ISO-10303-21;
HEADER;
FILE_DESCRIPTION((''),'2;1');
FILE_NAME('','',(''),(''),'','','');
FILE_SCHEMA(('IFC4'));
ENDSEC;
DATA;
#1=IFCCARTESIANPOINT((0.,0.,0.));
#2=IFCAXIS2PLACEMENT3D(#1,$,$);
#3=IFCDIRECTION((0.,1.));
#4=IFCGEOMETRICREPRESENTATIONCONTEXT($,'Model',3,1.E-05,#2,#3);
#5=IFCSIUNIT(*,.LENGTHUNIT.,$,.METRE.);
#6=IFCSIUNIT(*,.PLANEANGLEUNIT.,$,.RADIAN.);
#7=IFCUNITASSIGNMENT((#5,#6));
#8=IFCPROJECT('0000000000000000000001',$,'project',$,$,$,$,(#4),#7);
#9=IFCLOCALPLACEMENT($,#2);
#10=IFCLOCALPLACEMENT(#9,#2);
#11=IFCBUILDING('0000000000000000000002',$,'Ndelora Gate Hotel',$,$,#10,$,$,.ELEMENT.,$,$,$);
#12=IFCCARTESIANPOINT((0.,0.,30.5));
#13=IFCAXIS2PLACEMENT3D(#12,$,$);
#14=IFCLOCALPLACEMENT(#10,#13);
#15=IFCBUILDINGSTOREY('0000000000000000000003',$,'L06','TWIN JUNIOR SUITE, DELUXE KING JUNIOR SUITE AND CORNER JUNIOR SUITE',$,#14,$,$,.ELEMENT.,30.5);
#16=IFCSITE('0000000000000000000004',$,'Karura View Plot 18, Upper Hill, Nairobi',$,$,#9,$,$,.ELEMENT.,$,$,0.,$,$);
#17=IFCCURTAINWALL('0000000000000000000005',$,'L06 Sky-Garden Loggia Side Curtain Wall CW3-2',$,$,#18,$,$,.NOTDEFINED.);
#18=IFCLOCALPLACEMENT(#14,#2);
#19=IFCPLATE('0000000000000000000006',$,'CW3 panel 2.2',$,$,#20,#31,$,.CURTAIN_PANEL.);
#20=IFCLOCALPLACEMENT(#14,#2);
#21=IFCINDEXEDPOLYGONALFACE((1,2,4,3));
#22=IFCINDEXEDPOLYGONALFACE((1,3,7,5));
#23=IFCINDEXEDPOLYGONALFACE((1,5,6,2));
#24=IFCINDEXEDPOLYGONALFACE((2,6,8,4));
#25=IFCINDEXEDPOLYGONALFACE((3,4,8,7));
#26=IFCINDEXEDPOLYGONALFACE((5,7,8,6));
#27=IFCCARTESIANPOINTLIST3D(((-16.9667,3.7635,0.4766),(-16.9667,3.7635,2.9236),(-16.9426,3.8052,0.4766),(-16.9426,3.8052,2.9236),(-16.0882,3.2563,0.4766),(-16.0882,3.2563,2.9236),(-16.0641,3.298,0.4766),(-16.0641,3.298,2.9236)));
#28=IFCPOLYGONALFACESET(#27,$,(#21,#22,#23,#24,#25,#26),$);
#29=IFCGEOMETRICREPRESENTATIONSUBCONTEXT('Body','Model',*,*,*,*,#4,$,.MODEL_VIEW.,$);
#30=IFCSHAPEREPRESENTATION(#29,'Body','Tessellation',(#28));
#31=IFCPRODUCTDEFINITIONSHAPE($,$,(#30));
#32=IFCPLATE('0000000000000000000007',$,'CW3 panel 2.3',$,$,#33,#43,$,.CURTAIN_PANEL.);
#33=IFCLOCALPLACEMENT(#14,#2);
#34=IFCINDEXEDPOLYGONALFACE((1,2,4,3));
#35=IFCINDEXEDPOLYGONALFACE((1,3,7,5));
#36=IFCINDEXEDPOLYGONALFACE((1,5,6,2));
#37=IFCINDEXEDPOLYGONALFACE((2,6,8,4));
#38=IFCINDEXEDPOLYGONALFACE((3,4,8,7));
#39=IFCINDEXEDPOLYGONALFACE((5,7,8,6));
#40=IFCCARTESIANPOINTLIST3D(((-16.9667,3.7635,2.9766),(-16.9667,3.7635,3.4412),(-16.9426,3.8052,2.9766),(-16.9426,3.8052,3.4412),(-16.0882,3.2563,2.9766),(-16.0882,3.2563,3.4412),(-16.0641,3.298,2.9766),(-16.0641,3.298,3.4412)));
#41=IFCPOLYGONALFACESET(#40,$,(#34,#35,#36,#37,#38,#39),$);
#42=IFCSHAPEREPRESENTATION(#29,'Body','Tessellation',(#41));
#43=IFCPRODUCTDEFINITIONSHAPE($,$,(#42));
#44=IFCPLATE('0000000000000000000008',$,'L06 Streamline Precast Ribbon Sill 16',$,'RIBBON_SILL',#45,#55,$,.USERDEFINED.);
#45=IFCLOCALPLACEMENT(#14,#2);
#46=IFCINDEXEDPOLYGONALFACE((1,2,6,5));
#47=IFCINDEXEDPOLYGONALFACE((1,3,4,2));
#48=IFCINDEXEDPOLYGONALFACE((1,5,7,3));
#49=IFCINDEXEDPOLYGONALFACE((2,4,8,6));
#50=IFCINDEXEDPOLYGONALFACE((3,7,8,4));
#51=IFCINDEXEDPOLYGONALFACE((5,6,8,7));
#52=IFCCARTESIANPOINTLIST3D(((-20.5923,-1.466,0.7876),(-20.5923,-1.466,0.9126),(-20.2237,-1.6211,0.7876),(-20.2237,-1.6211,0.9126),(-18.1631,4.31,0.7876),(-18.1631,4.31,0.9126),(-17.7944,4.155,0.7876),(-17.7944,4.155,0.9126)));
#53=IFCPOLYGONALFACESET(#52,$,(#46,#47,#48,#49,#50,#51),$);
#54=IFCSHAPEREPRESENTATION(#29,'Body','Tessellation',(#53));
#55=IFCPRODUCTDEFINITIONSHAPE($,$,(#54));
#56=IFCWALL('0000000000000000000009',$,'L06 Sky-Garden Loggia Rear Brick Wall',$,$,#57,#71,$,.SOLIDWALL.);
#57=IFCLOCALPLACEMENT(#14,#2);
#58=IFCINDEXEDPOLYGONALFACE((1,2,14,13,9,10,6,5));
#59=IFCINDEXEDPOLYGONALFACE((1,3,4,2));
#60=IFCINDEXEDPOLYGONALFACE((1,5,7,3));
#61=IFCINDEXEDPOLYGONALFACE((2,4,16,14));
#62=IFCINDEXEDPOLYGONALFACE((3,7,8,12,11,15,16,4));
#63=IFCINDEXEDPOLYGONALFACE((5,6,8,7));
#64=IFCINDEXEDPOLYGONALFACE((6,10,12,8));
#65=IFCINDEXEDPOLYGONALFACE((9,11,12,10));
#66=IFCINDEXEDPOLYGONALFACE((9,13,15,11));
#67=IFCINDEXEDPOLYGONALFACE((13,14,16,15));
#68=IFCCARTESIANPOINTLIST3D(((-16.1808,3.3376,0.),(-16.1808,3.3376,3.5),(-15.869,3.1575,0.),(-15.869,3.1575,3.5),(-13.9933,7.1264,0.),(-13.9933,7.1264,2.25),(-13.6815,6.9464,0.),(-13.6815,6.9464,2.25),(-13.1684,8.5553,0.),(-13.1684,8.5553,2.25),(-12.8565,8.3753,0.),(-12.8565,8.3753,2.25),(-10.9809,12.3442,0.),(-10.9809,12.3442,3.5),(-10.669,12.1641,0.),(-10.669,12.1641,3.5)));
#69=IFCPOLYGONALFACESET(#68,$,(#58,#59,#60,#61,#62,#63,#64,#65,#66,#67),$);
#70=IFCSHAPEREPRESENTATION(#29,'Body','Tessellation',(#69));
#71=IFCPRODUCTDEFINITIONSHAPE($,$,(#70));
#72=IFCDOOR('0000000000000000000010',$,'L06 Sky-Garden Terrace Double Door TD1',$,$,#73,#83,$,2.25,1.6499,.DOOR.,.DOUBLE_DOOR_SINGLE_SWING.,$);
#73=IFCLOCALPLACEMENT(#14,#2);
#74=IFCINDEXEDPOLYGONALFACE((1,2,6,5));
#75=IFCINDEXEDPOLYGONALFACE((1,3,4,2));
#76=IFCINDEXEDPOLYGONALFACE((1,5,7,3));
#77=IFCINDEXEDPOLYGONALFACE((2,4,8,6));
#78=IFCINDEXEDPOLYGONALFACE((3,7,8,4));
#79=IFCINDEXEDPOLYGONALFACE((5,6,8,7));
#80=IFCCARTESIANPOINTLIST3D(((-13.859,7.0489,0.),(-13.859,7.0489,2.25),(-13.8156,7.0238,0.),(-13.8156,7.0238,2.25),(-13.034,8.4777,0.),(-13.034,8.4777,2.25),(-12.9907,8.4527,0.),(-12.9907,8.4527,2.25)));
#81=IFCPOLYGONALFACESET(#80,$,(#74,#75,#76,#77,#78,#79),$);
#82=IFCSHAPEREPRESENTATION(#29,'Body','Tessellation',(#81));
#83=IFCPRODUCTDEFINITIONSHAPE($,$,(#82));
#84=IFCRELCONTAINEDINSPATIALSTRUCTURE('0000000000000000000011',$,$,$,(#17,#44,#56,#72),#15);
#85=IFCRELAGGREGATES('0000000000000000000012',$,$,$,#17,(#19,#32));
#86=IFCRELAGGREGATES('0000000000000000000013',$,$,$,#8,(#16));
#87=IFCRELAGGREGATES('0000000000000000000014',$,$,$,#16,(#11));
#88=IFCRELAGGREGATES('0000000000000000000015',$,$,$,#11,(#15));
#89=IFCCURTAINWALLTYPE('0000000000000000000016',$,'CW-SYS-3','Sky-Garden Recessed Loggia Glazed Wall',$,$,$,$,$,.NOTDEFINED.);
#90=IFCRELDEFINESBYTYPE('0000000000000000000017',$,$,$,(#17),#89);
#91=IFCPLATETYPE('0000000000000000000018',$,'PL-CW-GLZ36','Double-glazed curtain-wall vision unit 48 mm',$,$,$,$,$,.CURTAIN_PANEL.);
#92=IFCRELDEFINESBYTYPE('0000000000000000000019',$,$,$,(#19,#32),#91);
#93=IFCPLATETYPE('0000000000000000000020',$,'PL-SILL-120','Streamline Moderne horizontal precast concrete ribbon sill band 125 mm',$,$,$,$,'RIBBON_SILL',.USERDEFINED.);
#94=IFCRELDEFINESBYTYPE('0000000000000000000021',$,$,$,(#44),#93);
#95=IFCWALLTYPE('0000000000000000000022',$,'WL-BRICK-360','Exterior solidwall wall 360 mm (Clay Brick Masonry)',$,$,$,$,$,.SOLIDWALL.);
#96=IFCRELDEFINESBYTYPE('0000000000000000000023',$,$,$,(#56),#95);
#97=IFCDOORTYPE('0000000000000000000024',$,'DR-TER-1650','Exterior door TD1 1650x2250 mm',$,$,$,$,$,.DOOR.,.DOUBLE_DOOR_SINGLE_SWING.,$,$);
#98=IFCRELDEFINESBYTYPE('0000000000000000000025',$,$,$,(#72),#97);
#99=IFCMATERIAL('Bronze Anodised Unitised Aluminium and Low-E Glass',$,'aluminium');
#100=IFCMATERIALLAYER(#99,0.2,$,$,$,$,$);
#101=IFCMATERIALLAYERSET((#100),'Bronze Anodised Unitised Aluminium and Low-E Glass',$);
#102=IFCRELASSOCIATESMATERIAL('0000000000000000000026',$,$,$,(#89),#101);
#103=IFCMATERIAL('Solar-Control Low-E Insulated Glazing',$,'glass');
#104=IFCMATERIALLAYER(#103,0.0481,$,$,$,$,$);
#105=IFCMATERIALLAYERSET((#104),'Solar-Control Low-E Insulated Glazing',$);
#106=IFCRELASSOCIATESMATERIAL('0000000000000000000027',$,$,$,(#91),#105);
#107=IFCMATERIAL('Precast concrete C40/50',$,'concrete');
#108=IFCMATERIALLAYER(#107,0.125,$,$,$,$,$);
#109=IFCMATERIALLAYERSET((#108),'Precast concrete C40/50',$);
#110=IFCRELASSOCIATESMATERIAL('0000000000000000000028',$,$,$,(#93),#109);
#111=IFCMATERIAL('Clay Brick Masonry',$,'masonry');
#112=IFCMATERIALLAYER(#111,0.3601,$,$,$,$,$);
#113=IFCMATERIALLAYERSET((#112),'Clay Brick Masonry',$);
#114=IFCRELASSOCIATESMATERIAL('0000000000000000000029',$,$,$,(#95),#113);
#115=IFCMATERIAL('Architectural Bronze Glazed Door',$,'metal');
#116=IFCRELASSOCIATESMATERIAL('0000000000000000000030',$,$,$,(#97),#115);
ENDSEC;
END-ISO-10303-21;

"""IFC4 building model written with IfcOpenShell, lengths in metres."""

from ifc_helpers import new_model, si_unit, direction, frame, frame_2d, origin, origin_2d, place, context, subcontext, project, spatial, rectangle, extrude, material, layer, layer_set, type_object, element, fill, aggregate, save


model = new_model("IFC4")

# Units and contexts
model_context = context("Model", 3, precision=1e-05, world=origin(), true_north=direction((0.0, 1.0)))
body_context = subcontext(model_context, "Body", "Model", "MODEL_VIEW")
ifc_project = project(units=[si_unit("LENGTHUNIT", "METRE"), si_unit("PLANEANGLEUNIT", "RADIAN")], contexts=[model_context])

# Site, building, storey
site_placement = place(None, origin())
site = spatial("IfcSite", under=ifc_project, at=site_placement, Name="Karura View Plot 18, Upper Hill, Nairobi", CompositionType="ELEMENT", RefElevation=0.0)
building_placement = place(site_placement, origin())
building = spatial("IfcBuilding", under=site, at=building_placement, Name="Ndelora Gate Hotel", CompositionType="ELEMENT")
storey_placement = place(building_placement, frame((0.0, 0.0, 30.5)))
storey = spatial("IfcBuildingStorey", under=building, at=storey_placement, Name="L06", Description="TWIN JUNIOR SUITE, DELUXE KING JUNIOR SUITE AND CORNER JUNIOR SUITE", CompositionType="ELEMENT", Elevation=30.5)

# Curtain wall, plates
ifc_material_1 = material(Name="Bronze Anodised Unitised Aluminium and Low-E Glass", Category="aluminium")
ifc_layer_1 = layer(ifc_material_1, 0.2)
ifc_layer_set_1 = layer_set([ifc_layer_1], Name="Bronze Anodised Unitised Aluminium and Low-E Glass")
curtain_wall_type = type_object("IfcCurtainWallType", Name="CW-SYS-3", Description="Sky-Garden Recessed Loggia Glazed Wall", PredefinedType="NOTDEFINED", material=ifc_layer_set_1)
curtain_wall_placement = place(storey_placement, origin())
curtain_wall = element("IfcCurtainWall", 1, at=curtain_wall_placement, inside=storey, type_object=curtain_wall_type, Name="L06 Sky-Garden Loggia Side Curtain Wall CW3-2", PredefinedType="NOTDEFINED")
ifc_material_2 = material(Name="Solar-Control Low-E Insulated Glazing", Category="glass")
ifc_layer_2 = layer(ifc_material_2, 0.0481)
ifc_layer_set_2 = layer_set([ifc_layer_2], Name="Solar-Control Low-E Insulated Glazing")
plate_type_1 = type_object("IfcPlateType", Name="PL-CW-GLZ36", Description="Double-glazed curtain-wall vision unit 48 mm", PredefinedType="CURTAIN_PANEL", material=ifc_layer_set_2)
plate_1_placement = place(storey_placement, frame((-16.5154, 3.5308, 0.4766), z_axis=(0.0, 0.0, 1.0), x_axis=(0.86603, -0.499991, 0.0)))
plate_1 = element("IfcPlate", 2, at=plate_1_placement, type_object=plate_type_1, Name="CW3 panel 2.2", PredefinedType="CURTAIN_PANEL", context=body_context, shape_type="SweptSolid", body=[
    extrude(rectangle(XDim=1.0144, YDim=0.0481, at=origin_2d()), origin(), (0.0, 0.0, 1.0), 2.447),
])
plate_2_placement = place(storey_placement, frame((-16.5154, 3.5308, 2.9766), z_axis=(0.0, 0.0, 1.0), x_axis=(0.86603, -0.499991, 0.0)))
plate_2 = element("IfcPlate", 3, at=plate_2_placement, type_object=plate_type_1, Name="CW3 panel 2.3", PredefinedType="CURTAIN_PANEL", context=body_context, shape_type="SweptSolid", body=[
    extrude(rectangle(XDim=1.0144, YDim=0.0481, at=origin_2d()), origin(), (0.0, 0.0, 1.0), 0.4646),
])
aggregate(curtain_wall, [plate_1, plate_2])

# Plate
ifc_material_3 = material(Name="Precast concrete C40/50", Category="concrete")
ifc_layer_3 = layer(ifc_material_3, 0.125)
ifc_layer_set_3 = layer_set([ifc_layer_3], Name="Precast concrete C40/50")
plate_type_2 = type_object("IfcPlateType", Name="PL-SILL-120", Description="Streamline Moderne horizontal precast concrete ribbon sill band 125 mm", ElementType="RIBBON_SILL", PredefinedType="USERDEFINED", material=ifc_layer_set_3)
plate_3_placement = place(storey_placement, frame((-19.1934, 1.3445, 0.7876), z_axis=(0.0, 0.0, 1.0), x_axis=(0.387676, 0.921796, 0.0)))
element("IfcPlate", 4, at=plate_3_placement, inside=storey, type_object=plate_type_2, Name="L06 Streamline Precast Ribbon Sill 16", ObjectType="RIBBON_SILL", PredefinedType="USERDEFINED", context=body_context, shape_type="SweptSolid", body=[
    extrude(rectangle(XDim=6.2661, YDim=0.3999, at=origin_2d()), origin(), (0.0, 0.0, 1.0), 0.125),
])

# Wall, opening, door
ifc_material_4 = material(Name="Clay Brick Masonry", Category="masonry")
ifc_layer_4 = layer(ifc_material_4, 0.3601)
ifc_layer_set_4 = layer_set([ifc_layer_4], Name="Clay Brick Masonry")
wall_type = type_object("IfcWallType", Name="WL-BRICK-360", Description="Exterior solidwall wall 360 mm (Clay Brick Masonry)", PredefinedType="SOLIDWALL", material=ifc_layer_set_4)
wall_placement = place(storey_placement, frame((-16.0249, 3.2476, 0.0), z_axis=(0.0, 0.0, 1.0), x_axis=(0.499999, 0.866026, 0.0)))
wall = element("IfcWall", 5, at=wall_placement, inside=storey, type_object=wall_type, Name="L06 Sky-Garden Loggia Rear Brick Wall", PredefinedType="SOLIDWALL", context=body_context, shape_type="SweptSolid", body=[
    extrude(rectangle(XDim=10.3999, YDim=0.3601, at=frame_2d((5.2, 0.0))), origin(), (0.0, 0.0, 1.0), 3.5),
])
opening_placement = place(wall_placement, frame((4.375, 0.0, 0.0)))
opening = element("IfcOpeningElement", 6, at=opening_placement, cuts=wall, PredefinedType="OPENING", context=body_context, shape_type="SweptSolid", body=[
    extrude(rectangle(XDim=1.6499, YDim=2.25, at=frame_2d((0.825, 1.125))), frame((0.0, 0.1899, 0.0), z_axis=(0.0, -1.0, 0.0), x_axis=(1.0, 0.0, 0.0)), (0.0, 0.0, 1.0), 0.3801),
])
ifc_material_5 = material(Name="Architectural Bronze Glazed Door", Category="metal")
door_type = type_object("IfcDoorType", Name="DR-TER-1650", Description="Exterior door TD1 1650x2250 mm", OperationType="DOUBLE_DOOR_SINGLE_SWING", PredefinedType="DOOR", material=ifc_material_5)
door_placement = place(opening_placement, origin())
door = element("IfcDoor", 7, at=door_placement, inside=storey, type_object=door_type, Name="L06 Sky-Garden Terrace Double Door TD1", OperationType="DOUBLE_DOOR_SINGLE_SWING", OverallHeight=2.25, OverallWidth=1.6499, PredefinedType="DOOR", context=body_context, shape_type="SweptSolid", body=[
    extrude(rectangle(XDim=1.6499, YDim=2.25, at=frame_2d((0.825, 1.125))), frame((0.0, 0.0249, 0.0), z_axis=(0.0, -1.0, 0.0), x_axis=(1.0, 0.0, 0.0)), (0.0, 0.0, 1.0), 0.05),
])
fill(opening, door)

save(model, "model.ifc")
